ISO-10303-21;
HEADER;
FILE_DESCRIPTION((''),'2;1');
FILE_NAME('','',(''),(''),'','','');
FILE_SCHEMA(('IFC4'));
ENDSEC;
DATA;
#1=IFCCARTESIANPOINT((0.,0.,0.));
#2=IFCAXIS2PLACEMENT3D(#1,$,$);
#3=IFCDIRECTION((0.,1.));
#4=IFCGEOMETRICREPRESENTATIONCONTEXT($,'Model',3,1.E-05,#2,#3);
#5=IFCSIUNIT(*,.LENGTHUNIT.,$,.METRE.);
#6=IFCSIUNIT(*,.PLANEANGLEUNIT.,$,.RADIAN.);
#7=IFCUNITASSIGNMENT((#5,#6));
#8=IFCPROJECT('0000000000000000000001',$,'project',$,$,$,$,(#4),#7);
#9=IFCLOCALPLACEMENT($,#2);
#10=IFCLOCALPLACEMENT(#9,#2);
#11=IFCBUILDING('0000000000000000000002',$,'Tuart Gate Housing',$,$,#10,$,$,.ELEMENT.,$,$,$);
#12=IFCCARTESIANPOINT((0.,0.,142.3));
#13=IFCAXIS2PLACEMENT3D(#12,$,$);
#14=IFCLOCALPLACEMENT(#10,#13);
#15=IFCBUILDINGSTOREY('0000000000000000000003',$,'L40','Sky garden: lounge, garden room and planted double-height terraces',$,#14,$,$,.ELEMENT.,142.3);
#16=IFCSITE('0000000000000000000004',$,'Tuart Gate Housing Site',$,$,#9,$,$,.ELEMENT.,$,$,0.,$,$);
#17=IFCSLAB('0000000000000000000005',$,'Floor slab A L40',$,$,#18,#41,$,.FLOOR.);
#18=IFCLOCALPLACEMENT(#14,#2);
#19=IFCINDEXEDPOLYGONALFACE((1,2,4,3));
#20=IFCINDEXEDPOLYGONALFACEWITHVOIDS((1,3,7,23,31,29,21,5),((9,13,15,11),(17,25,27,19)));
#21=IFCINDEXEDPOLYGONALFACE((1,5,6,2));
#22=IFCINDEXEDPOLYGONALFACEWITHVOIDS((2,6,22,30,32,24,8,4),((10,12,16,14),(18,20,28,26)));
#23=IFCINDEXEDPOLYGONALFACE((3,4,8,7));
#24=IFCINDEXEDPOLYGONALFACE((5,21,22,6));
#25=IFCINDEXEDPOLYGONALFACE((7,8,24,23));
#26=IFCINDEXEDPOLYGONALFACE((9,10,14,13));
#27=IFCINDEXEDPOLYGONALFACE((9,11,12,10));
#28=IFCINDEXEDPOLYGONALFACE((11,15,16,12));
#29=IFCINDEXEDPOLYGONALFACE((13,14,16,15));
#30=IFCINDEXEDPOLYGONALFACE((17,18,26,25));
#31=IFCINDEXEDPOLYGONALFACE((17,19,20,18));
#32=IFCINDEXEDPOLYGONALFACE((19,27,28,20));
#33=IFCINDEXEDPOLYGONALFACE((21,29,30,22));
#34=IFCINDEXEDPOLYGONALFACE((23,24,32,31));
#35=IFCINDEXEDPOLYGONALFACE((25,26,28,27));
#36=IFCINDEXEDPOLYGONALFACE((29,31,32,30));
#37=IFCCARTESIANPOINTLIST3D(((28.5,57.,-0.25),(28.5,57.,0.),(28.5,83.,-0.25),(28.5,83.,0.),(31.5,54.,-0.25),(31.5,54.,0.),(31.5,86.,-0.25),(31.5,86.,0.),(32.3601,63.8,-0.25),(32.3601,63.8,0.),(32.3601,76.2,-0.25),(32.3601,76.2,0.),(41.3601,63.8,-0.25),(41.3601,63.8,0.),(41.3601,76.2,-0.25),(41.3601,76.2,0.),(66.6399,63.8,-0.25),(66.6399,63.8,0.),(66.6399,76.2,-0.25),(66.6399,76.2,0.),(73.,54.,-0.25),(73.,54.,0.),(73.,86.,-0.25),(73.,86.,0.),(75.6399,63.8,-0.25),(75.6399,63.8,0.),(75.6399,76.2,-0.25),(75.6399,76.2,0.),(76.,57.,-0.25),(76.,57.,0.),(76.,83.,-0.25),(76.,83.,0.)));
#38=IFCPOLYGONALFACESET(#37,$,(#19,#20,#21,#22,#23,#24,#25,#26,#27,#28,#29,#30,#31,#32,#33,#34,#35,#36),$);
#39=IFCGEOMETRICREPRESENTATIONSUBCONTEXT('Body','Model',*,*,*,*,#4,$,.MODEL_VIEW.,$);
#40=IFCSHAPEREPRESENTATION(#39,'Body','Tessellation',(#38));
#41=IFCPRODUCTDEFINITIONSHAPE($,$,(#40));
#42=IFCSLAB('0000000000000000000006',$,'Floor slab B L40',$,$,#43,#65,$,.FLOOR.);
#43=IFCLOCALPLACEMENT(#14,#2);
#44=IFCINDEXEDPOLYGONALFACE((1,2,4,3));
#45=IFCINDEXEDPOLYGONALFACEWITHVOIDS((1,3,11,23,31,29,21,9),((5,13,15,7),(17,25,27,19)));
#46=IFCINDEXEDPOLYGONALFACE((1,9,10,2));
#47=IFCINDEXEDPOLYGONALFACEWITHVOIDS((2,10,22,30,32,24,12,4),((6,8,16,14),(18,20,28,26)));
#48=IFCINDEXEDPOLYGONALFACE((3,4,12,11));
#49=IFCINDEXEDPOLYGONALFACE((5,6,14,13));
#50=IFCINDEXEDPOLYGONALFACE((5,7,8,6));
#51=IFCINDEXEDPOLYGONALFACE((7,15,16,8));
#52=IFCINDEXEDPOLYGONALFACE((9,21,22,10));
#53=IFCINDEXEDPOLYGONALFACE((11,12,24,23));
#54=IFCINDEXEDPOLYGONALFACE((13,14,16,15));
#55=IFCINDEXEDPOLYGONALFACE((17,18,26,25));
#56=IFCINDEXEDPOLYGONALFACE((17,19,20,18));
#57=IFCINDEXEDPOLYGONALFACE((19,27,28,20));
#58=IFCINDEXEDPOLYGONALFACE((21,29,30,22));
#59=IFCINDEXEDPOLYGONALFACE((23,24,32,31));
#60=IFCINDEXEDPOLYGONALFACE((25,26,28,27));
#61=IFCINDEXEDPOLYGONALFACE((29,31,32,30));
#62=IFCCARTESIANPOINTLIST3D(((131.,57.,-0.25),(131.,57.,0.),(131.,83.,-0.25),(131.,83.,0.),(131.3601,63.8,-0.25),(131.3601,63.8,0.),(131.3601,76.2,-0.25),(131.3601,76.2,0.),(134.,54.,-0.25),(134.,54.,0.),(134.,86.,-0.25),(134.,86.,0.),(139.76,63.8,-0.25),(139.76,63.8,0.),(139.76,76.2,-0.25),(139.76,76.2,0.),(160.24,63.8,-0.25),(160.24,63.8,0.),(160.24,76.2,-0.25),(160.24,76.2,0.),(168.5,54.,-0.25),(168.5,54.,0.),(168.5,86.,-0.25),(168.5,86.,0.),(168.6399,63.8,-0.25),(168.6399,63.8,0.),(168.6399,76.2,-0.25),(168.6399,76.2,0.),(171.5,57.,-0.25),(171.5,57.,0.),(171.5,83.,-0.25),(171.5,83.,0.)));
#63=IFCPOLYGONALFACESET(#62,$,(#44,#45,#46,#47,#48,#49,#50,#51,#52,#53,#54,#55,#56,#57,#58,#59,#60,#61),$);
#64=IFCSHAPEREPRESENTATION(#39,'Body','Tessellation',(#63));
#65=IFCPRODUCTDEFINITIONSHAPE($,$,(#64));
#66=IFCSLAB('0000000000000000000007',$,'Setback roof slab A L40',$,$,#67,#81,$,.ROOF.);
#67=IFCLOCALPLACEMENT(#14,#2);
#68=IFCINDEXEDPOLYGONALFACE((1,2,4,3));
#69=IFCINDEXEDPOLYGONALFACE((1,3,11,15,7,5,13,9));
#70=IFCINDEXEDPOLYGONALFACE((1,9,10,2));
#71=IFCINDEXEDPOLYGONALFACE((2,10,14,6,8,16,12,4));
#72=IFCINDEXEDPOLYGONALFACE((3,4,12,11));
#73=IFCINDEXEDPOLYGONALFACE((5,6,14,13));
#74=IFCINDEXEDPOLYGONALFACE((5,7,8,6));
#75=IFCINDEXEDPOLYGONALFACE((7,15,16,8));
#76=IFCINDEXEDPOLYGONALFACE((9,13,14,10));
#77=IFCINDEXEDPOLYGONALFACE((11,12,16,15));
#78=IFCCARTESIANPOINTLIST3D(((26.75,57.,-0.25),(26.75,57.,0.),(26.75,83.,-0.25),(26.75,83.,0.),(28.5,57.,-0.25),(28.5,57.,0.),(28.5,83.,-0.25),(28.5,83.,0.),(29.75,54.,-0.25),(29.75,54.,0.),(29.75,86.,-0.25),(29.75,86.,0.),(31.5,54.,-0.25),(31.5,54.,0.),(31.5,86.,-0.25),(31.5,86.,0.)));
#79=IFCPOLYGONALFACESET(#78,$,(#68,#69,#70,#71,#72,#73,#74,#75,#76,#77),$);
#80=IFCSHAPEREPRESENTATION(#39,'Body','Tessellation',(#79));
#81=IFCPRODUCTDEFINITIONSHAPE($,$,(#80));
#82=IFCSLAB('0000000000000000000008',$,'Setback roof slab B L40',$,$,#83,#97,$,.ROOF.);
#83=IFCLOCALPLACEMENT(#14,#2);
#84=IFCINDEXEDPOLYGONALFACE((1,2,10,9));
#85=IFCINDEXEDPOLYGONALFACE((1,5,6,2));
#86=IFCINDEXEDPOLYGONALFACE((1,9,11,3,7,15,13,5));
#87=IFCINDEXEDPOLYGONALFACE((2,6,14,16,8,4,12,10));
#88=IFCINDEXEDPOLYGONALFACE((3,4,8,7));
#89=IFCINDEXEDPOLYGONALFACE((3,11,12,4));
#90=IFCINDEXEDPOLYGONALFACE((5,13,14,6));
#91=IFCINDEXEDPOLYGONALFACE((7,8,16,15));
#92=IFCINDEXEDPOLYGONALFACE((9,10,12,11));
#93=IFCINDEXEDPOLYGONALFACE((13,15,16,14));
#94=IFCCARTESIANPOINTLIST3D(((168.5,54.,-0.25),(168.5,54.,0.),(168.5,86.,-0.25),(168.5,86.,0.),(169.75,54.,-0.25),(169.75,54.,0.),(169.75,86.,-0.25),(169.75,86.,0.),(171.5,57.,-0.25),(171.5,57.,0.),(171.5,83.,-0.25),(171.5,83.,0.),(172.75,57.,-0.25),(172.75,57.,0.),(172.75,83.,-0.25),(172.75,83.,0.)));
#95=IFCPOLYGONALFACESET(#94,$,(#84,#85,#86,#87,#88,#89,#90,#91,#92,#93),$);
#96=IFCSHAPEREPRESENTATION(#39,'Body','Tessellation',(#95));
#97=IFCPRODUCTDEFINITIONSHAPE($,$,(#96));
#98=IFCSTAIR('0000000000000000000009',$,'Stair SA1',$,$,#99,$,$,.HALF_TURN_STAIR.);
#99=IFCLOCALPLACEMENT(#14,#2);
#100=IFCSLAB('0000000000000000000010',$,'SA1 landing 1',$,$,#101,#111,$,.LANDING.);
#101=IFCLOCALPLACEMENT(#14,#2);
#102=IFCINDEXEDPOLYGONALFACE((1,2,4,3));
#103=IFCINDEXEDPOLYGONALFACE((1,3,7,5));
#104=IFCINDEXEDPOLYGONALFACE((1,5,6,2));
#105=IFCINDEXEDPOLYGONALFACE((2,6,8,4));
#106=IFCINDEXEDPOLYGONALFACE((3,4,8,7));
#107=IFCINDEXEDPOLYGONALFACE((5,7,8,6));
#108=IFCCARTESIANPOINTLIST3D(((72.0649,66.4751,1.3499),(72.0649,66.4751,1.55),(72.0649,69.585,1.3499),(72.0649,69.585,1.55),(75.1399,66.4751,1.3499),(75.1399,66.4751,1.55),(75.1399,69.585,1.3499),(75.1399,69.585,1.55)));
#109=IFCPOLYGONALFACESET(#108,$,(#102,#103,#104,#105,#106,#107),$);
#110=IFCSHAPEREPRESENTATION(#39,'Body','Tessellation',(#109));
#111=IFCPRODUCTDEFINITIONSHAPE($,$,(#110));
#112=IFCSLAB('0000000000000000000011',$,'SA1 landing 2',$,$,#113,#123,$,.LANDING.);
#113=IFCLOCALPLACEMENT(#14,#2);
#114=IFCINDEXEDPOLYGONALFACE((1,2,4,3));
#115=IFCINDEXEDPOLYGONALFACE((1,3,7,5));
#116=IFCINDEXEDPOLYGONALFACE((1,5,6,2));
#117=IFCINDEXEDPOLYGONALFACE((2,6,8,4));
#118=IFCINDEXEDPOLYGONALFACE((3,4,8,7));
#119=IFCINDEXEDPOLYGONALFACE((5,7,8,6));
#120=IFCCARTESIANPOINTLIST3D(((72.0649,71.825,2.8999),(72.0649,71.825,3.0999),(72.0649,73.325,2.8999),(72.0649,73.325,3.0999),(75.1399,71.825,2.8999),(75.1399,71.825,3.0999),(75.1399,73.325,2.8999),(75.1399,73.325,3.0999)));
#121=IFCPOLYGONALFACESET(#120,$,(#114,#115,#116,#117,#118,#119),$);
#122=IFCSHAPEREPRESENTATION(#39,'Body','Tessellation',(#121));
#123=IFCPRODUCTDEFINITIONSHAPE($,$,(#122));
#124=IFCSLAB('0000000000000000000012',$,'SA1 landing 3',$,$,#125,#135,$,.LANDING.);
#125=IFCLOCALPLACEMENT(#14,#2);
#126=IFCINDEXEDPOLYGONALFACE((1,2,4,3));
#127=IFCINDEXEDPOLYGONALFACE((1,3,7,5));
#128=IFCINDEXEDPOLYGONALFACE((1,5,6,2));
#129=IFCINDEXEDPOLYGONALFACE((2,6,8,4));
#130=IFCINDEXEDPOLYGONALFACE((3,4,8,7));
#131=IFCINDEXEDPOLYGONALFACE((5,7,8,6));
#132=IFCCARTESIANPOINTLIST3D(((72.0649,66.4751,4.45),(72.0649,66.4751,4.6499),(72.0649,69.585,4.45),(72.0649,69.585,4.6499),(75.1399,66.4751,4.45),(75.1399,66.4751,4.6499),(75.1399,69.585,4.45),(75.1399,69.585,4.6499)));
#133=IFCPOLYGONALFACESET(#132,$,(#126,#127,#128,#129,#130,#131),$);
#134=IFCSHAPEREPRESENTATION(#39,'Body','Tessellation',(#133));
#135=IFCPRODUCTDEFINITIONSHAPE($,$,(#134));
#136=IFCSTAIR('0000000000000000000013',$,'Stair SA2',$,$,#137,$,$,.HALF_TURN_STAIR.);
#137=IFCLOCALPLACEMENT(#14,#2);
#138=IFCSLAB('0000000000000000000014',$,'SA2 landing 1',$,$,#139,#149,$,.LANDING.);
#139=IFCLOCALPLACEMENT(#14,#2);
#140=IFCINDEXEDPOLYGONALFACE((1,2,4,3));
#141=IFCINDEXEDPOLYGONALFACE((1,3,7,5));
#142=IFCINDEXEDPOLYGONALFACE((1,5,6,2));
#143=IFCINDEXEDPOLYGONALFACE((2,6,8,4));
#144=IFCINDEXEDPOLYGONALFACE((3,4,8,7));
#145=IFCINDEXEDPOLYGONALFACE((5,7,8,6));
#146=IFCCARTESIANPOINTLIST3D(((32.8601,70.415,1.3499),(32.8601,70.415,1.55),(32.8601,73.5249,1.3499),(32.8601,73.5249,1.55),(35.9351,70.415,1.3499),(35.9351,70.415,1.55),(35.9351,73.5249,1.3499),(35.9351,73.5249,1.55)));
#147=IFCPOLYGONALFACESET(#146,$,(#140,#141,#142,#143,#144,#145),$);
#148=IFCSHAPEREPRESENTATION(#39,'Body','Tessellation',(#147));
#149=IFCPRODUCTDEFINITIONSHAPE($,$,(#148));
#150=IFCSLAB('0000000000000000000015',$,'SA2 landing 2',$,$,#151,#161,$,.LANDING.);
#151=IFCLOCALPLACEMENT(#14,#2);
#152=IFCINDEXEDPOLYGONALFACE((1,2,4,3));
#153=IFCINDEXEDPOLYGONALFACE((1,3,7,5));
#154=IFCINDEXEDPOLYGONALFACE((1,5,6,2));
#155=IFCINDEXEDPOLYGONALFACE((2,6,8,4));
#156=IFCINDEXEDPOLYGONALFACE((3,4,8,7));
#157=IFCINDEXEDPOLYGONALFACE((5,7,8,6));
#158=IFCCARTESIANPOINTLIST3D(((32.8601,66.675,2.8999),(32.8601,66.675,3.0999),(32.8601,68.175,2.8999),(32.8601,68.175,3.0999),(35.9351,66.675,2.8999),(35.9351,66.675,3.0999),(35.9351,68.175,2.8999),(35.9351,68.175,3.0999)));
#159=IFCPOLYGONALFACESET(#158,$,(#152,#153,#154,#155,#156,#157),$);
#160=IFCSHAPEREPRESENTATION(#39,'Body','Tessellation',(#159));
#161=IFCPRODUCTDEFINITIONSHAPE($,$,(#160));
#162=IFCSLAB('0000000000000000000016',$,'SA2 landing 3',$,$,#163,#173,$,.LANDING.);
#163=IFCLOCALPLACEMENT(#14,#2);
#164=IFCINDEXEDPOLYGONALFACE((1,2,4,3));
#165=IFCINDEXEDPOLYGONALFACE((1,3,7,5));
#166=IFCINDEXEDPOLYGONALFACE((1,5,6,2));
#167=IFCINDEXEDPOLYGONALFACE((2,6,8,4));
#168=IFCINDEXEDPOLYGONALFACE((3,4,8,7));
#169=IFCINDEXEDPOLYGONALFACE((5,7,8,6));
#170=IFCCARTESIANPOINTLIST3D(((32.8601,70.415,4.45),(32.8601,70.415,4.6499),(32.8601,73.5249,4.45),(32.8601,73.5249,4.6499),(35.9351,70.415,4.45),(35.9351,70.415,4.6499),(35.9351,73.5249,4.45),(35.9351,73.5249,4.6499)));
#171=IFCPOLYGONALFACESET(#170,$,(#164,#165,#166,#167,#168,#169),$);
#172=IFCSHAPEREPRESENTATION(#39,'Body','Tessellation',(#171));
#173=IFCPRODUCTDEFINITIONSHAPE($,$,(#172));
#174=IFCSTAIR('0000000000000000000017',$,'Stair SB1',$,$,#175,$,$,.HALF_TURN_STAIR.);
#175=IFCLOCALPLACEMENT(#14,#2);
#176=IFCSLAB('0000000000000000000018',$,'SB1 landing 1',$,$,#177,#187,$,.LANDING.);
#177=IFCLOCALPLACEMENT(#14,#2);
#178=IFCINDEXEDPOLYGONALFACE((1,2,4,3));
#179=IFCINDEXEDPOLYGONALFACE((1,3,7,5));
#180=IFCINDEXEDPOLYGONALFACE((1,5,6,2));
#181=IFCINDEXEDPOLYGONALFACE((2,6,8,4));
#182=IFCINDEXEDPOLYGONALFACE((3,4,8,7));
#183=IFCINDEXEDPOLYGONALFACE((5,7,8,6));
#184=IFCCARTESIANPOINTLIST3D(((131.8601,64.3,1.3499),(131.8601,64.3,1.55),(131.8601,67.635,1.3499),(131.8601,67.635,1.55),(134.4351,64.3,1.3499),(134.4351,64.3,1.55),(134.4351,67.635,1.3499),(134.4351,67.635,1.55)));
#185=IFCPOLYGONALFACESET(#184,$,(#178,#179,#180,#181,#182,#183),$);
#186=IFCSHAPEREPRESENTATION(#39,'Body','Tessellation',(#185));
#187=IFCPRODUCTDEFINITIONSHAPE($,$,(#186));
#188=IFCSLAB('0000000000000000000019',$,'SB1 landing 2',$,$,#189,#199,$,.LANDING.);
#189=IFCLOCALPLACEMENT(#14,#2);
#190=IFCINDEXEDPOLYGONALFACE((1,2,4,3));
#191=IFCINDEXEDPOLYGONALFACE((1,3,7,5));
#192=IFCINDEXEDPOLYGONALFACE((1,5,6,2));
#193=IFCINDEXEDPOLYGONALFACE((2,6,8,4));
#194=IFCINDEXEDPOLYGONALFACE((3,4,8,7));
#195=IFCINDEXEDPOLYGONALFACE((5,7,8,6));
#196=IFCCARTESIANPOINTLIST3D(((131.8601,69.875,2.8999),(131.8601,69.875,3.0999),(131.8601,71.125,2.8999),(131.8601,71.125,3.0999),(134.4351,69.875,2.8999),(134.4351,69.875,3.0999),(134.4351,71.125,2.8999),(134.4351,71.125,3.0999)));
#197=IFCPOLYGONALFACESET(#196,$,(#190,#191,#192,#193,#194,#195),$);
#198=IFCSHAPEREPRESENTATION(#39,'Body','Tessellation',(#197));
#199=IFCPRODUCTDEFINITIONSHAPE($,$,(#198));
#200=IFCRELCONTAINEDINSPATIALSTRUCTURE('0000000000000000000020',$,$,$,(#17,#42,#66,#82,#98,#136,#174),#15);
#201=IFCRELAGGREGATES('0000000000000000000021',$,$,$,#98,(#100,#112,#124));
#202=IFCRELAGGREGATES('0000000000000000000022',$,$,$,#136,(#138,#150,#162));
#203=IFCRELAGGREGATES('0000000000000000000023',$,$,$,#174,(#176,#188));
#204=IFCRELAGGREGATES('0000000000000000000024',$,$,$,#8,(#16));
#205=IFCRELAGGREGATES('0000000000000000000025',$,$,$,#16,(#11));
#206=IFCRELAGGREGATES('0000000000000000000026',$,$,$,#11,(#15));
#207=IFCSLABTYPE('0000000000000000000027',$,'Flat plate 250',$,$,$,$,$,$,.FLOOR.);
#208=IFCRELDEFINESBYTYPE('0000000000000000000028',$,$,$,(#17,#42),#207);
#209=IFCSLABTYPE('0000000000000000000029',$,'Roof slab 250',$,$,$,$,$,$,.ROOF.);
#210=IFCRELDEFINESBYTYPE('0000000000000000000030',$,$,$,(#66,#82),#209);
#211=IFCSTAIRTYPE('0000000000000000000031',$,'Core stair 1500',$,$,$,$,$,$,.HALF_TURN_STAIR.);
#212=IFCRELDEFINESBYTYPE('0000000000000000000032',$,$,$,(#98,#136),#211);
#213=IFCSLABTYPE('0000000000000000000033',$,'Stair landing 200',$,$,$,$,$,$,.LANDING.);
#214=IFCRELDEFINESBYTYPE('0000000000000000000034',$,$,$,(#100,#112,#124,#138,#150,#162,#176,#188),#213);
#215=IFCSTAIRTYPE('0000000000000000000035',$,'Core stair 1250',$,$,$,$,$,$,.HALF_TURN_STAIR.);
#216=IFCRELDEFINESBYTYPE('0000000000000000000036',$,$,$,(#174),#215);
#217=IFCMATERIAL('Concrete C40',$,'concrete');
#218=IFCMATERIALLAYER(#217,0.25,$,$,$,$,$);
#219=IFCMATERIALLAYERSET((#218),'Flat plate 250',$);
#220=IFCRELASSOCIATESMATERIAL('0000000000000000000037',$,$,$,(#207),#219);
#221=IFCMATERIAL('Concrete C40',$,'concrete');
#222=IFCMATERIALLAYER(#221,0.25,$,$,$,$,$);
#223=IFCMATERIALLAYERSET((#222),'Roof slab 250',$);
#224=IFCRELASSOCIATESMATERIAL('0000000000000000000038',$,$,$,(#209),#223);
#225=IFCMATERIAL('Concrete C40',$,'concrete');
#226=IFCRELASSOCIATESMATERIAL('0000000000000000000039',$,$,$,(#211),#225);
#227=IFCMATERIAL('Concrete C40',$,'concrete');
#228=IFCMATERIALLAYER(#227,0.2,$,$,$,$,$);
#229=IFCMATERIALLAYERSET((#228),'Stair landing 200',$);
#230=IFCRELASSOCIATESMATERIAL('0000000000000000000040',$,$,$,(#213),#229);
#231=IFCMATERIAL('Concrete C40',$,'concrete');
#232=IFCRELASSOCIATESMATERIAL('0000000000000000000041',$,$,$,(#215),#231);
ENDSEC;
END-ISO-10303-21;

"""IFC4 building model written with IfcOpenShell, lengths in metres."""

from ifc_helpers import new_model, si_unit, direction, frame, origin, place, context, subcontext, project, spatial, polyline, outline, extrude, material, layer, layer_set, type_object, element, aggregate, save


model = new_model("IFC4")

# Units and contexts
model_context = context("Model", 3, precision=1e-05, world=origin(), true_north=direction((0.0, 1.0)))
body_context = subcontext(model_context, "Body", "Model", "MODEL_VIEW")
ifc_project = project(units=[si_unit("LENGTHUNIT", "METRE"), si_unit("PLANEANGLEUNIT", "RADIAN")], contexts=[model_context])

# Site, building, storey
site_placement = place(None, origin())
site = spatial("IfcSite", under=ifc_project, at=site_placement, Name="Tuart Gate Housing Site", CompositionType="ELEMENT", RefElevation=0.0)
building_placement = place(site_placement, origin())
building = spatial("IfcBuilding", under=site, at=building_placement, Name="Tuart Gate Housing", CompositionType="ELEMENT")
storey_placement = place(building_placement, frame((0.0, 0.0, 142.3)))
storey = spatial("IfcBuildingStorey", under=building, at=storey_placement, Name="L40", Description="Sky garden: lounge, garden room and planted double-height terraces", CompositionType="ELEMENT", Elevation=142.3)

# Slabs
ifc_material_1 = material(Name="Concrete C40", Category="concrete")
ifc_layer_1 = layer(ifc_material_1, 0.25)
ifc_layer_set_1 = layer_set([ifc_layer_1], Name="Flat plate 250")
slab_type_1 = type_object("IfcSlabType", Name="Flat plate 250", PredefinedType="FLOOR", material=ifc_layer_set_1)
slab_1_placement = place(storey_placement, frame((0.0, 0.0, -0.25)))
element("IfcSlab", 1, at=slab_1_placement, inside=storey, type_object=slab_type_1, Name="Floor slab A L40", PredefinedType="FLOOR", context=body_context, shape_type="SweptSolid", body=[
    extrude(outline(polyline([(31.5, 86.0), (28.5, 83.0), (28.5, 57.0), (31.5, 54.0), (73.0, 54.0), (76.0, 57.0), (76.0, 83.0), (73.0, 86.0), (31.5, 86.0)]), holes=[polyline([(66.6399, 76.2), (75.6399, 76.2), (75.6399, 63.8), (66.6399, 63.8), (66.6399, 76.2)]), polyline([(41.3601, 76.2), (41.3601, 63.8), (32.3601, 63.8), (32.3601, 76.2), (41.3601, 76.2)])]), origin(), (0.0, 0.0, 1.0), 0.25),
])
slab_2_placement = place(storey_placement, frame((0.0, 0.0, -0.25)))
element("IfcSlab", 2, at=slab_2_placement, inside=storey, type_object=slab_type_1, Name="Floor slab B L40", PredefinedType="FLOOR", context=body_context, shape_type="SweptSolid", body=[
    extrude(outline(polyline([(134.0, 86.0), (131.0, 83.0), (131.0, 57.0), (134.0, 54.0), (168.5, 54.0), (171.5, 57.0), (171.5, 83.0), (168.5, 86.0), (134.0, 86.0)]), holes=[polyline([(131.3601, 76.2), (139.76, 76.2), (139.76, 63.8), (131.3601, 63.8), (131.3601, 76.2)]), polyline([(168.6399, 76.2), (168.6399, 63.8), (160.24, 63.8), (160.24, 76.2), (168.6399, 76.2)])]), origin(), (0.0, 0.0, 1.0), 0.25),
])
ifc_material_2 = material(Name="Concrete C40", Category="concrete")
ifc_layer_2 = layer(ifc_material_2, 0.25)
ifc_layer_set_2 = layer_set([ifc_layer_2], Name="Roof slab 250")
slab_type_2 = type_object("IfcSlabType", Name="Roof slab 250", PredefinedType="ROOF", material=ifc_layer_set_2)
slab_3_placement = place(storey_placement, frame((0.0, 0.0, -0.25)))
element("IfcSlab", 3, at=slab_3_placement, inside=storey, type_object=slab_type_2, Name="Setback roof slab A L40", PredefinedType="ROOF", context=body_context, shape_type="SweptSolid", body=[
    extrude(outline(polyline([(29.75, 54.0), (31.5, 54.0), (28.5, 57.0), (28.5, 83.0), (31.5, 86.0), (29.75, 86.0), (26.75, 83.0), (26.75, 57.0), (29.75, 54.0)])), origin(), (0.0, 0.0, 1.0), 0.25),
])
slab_4_placement = place(storey_placement, frame((0.0, 0.0, -0.25)))
element("IfcSlab", 4, at=slab_4_placement, inside=storey, type_object=slab_type_2, Name="Setback roof slab B L40", PredefinedType="ROOF", context=body_context, shape_type="SweptSolid", body=[
    extrude(outline(polyline([(169.75, 86.0), (168.5, 86.0), (171.5, 83.0), (171.5, 57.0), (168.5, 54.0), (169.75, 54.0), (172.75, 57.0), (172.75, 83.0), (169.75, 86.0)])), origin(), (0.0, 0.0, 1.0), 0.25),
])

# Stairs, slabs
ifc_material_3 = material(Name="Concrete C40", Category="concrete")
stair_type_1 = type_object("IfcStairType", Name="Core stair 1500", PredefinedType="HALF_TURN_STAIR", material=ifc_material_3)
stair_1_placement = place(storey_placement, origin())
stair_1 = element("IfcStair", 5, at=stair_1_placement, inside=storey, type_object=stair_type_1, Name="Stair SA1", PredefinedType="HALF_TURN_STAIR")
ifc_material_4 = material(Name="Concrete C40", Category="concrete")
ifc_layer_3 = layer(ifc_material_4, 0.2)
ifc_layer_set_3 = layer_set([ifc_layer_3], Name="Stair landing 200")
slab_type_3 = type_object("IfcSlabType", Name="Stair landing 200", PredefinedType="LANDING", material=ifc_layer_set_3)
slab_5_placement = place(storey_placement, frame((0.0, 0.0, 1.3499)))
slab_5 = element("IfcSlab", 6, at=slab_5_placement, type_object=slab_type_3, Name="SA1 landing 1", PredefinedType="LANDING", context=body_context, shape_type="SweptSolid", body=[
    extrude(outline(polyline([(72.0649, 66.4751), (75.1399, 66.4751), (75.1399, 69.585), (72.0649, 69.585), (72.0649, 66.4751)])), origin(), (0.0, 0.0, 1.0), 0.2002),
])
slab_6_placement = place(storey_placement, frame((0.0, 0.0, 2.8999)))
slab_6 = element("IfcSlab", 7, at=slab_6_placement, type_object=slab_type_3, Name="SA1 landing 2", PredefinedType="LANDING", context=body_context, shape_type="SweptSolid", body=[
    extrude(outline(polyline([(72.0649, 73.325), (72.0649, 71.825), (75.1399, 71.825), (75.1399, 73.325), (72.0649, 73.325)])), origin(), (0.0, 0.0, 1.0), 0.2),
])
slab_7_placement = place(storey_placement, frame((0.0, 0.0, 4.45)))
slab_7 = element("IfcSlab", 8, at=slab_7_placement, type_object=slab_type_3, Name="SA1 landing 3", PredefinedType="LANDING", context=body_context, shape_type="SweptSolid", body=[
    extrude(outline(polyline([(72.0649, 66.4751), (75.1399, 66.4751), (75.1399, 69.585), (72.0649, 69.585), (72.0649, 66.4751)])), origin(), (0.0, 0.0, 1.0), 0.2),
])
aggregate(stair_1, [slab_5, slab_6, slab_7])
stair_2_placement = place(storey_placement, origin())
stair_2 = element("IfcStair", 9, at=stair_2_placement, inside=storey, type_object=stair_type_1, Name="Stair SA2", PredefinedType="HALF_TURN_STAIR")
slab_8_placement = place(storey_placement, frame((0.0, 0.0, 1.3499)))
slab_8 = element("IfcSlab", 10, at=slab_8_placement, type_object=slab_type_3, Name="SA2 landing 1", PredefinedType="LANDING", context=body_context, shape_type="SweptSolid", body=[
    extrude(outline(polyline([(35.9351, 73.5249), (32.8601, 73.5249), (32.8601, 70.415), (35.9351, 70.415), (35.9351, 73.5249)])), origin(), (0.0, 0.0, 1.0), 0.2002),
])
slab_9_placement = place(storey_placement, frame((0.0, 0.0, 2.8999)))
slab_9 = element("IfcSlab", 11, at=slab_9_placement, type_object=slab_type_3, Name="SA2 landing 2", PredefinedType="LANDING", context=body_context, shape_type="SweptSolid", body=[
    extrude(outline(polyline([(35.9351, 66.675), (35.9351, 68.175), (32.8601, 68.175), (32.8601, 66.675), (35.9351, 66.675)])), origin(), (0.0, 0.0, 1.0), 0.2),
])
slab_10_placement = place(storey_placement, frame((0.0, 0.0, 4.45)))
slab_10 = element("IfcSlab", 12, at=slab_10_placement, type_object=slab_type_3, Name="SA2 landing 3", PredefinedType="LANDING", context=body_context, shape_type="SweptSolid", body=[
    extrude(outline(polyline([(35.9351, 73.5249), (32.8601, 73.5249), (32.8601, 70.415), (35.9351, 70.415), (35.9351, 73.5249)])), origin(), (0.0, 0.0, 1.0), 0.2),
])
aggregate(stair_2, [slab_8, slab_9, slab_10])
ifc_material_5 = material(Name="Concrete C40", Category="concrete")
stair_type_2 = type_object("IfcStairType", Name="Core stair 1250", PredefinedType="HALF_TURN_STAIR", material=ifc_material_5)
stair_3_placement = place(storey_placement, origin())
stair_3 = element("IfcStair", 13, at=stair_3_placement, inside=storey, type_object=stair_type_2, Name="Stair SB1", PredefinedType="HALF_TURN_STAIR")
slab_11_placement = place(storey_placement, frame((0.0, 0.0, 1.3499)))
slab_11 = element("IfcSlab", 14, at=slab_11_placement, type_object=slab_type_3, Name="SB1 landing 1", PredefinedType="LANDING", context=body_context, shape_type="SweptSolid", body=[
    extrude(outline(polyline([(134.4351, 67.635), (131.8601, 67.635), (131.8601, 64.3), (134.4351, 64.3), (134.4351, 67.635)])), origin(), (0.0, 0.0, 1.0), 0.2002),
])
slab_12_placement = place(storey_placement, frame((0.0, 0.0, 2.8999)))
slab_12 = element("IfcSlab", 15, at=slab_12_placement, type_object=slab_type_3, Name="SB1 landing 2", PredefinedType="LANDING", context=body_context, shape_type="SweptSolid", body=[
    extrude(outline(polyline([(131.8601, 71.125), (131.8601, 69.875), (134.4351, 69.875), (134.4351, 71.125), (131.8601, 71.125)])), origin(), (0.0, 0.0, 1.0), 0.2),
])
aggregate(stair_3, [slab_11, slab_12])

save(model, "model.ifc")
